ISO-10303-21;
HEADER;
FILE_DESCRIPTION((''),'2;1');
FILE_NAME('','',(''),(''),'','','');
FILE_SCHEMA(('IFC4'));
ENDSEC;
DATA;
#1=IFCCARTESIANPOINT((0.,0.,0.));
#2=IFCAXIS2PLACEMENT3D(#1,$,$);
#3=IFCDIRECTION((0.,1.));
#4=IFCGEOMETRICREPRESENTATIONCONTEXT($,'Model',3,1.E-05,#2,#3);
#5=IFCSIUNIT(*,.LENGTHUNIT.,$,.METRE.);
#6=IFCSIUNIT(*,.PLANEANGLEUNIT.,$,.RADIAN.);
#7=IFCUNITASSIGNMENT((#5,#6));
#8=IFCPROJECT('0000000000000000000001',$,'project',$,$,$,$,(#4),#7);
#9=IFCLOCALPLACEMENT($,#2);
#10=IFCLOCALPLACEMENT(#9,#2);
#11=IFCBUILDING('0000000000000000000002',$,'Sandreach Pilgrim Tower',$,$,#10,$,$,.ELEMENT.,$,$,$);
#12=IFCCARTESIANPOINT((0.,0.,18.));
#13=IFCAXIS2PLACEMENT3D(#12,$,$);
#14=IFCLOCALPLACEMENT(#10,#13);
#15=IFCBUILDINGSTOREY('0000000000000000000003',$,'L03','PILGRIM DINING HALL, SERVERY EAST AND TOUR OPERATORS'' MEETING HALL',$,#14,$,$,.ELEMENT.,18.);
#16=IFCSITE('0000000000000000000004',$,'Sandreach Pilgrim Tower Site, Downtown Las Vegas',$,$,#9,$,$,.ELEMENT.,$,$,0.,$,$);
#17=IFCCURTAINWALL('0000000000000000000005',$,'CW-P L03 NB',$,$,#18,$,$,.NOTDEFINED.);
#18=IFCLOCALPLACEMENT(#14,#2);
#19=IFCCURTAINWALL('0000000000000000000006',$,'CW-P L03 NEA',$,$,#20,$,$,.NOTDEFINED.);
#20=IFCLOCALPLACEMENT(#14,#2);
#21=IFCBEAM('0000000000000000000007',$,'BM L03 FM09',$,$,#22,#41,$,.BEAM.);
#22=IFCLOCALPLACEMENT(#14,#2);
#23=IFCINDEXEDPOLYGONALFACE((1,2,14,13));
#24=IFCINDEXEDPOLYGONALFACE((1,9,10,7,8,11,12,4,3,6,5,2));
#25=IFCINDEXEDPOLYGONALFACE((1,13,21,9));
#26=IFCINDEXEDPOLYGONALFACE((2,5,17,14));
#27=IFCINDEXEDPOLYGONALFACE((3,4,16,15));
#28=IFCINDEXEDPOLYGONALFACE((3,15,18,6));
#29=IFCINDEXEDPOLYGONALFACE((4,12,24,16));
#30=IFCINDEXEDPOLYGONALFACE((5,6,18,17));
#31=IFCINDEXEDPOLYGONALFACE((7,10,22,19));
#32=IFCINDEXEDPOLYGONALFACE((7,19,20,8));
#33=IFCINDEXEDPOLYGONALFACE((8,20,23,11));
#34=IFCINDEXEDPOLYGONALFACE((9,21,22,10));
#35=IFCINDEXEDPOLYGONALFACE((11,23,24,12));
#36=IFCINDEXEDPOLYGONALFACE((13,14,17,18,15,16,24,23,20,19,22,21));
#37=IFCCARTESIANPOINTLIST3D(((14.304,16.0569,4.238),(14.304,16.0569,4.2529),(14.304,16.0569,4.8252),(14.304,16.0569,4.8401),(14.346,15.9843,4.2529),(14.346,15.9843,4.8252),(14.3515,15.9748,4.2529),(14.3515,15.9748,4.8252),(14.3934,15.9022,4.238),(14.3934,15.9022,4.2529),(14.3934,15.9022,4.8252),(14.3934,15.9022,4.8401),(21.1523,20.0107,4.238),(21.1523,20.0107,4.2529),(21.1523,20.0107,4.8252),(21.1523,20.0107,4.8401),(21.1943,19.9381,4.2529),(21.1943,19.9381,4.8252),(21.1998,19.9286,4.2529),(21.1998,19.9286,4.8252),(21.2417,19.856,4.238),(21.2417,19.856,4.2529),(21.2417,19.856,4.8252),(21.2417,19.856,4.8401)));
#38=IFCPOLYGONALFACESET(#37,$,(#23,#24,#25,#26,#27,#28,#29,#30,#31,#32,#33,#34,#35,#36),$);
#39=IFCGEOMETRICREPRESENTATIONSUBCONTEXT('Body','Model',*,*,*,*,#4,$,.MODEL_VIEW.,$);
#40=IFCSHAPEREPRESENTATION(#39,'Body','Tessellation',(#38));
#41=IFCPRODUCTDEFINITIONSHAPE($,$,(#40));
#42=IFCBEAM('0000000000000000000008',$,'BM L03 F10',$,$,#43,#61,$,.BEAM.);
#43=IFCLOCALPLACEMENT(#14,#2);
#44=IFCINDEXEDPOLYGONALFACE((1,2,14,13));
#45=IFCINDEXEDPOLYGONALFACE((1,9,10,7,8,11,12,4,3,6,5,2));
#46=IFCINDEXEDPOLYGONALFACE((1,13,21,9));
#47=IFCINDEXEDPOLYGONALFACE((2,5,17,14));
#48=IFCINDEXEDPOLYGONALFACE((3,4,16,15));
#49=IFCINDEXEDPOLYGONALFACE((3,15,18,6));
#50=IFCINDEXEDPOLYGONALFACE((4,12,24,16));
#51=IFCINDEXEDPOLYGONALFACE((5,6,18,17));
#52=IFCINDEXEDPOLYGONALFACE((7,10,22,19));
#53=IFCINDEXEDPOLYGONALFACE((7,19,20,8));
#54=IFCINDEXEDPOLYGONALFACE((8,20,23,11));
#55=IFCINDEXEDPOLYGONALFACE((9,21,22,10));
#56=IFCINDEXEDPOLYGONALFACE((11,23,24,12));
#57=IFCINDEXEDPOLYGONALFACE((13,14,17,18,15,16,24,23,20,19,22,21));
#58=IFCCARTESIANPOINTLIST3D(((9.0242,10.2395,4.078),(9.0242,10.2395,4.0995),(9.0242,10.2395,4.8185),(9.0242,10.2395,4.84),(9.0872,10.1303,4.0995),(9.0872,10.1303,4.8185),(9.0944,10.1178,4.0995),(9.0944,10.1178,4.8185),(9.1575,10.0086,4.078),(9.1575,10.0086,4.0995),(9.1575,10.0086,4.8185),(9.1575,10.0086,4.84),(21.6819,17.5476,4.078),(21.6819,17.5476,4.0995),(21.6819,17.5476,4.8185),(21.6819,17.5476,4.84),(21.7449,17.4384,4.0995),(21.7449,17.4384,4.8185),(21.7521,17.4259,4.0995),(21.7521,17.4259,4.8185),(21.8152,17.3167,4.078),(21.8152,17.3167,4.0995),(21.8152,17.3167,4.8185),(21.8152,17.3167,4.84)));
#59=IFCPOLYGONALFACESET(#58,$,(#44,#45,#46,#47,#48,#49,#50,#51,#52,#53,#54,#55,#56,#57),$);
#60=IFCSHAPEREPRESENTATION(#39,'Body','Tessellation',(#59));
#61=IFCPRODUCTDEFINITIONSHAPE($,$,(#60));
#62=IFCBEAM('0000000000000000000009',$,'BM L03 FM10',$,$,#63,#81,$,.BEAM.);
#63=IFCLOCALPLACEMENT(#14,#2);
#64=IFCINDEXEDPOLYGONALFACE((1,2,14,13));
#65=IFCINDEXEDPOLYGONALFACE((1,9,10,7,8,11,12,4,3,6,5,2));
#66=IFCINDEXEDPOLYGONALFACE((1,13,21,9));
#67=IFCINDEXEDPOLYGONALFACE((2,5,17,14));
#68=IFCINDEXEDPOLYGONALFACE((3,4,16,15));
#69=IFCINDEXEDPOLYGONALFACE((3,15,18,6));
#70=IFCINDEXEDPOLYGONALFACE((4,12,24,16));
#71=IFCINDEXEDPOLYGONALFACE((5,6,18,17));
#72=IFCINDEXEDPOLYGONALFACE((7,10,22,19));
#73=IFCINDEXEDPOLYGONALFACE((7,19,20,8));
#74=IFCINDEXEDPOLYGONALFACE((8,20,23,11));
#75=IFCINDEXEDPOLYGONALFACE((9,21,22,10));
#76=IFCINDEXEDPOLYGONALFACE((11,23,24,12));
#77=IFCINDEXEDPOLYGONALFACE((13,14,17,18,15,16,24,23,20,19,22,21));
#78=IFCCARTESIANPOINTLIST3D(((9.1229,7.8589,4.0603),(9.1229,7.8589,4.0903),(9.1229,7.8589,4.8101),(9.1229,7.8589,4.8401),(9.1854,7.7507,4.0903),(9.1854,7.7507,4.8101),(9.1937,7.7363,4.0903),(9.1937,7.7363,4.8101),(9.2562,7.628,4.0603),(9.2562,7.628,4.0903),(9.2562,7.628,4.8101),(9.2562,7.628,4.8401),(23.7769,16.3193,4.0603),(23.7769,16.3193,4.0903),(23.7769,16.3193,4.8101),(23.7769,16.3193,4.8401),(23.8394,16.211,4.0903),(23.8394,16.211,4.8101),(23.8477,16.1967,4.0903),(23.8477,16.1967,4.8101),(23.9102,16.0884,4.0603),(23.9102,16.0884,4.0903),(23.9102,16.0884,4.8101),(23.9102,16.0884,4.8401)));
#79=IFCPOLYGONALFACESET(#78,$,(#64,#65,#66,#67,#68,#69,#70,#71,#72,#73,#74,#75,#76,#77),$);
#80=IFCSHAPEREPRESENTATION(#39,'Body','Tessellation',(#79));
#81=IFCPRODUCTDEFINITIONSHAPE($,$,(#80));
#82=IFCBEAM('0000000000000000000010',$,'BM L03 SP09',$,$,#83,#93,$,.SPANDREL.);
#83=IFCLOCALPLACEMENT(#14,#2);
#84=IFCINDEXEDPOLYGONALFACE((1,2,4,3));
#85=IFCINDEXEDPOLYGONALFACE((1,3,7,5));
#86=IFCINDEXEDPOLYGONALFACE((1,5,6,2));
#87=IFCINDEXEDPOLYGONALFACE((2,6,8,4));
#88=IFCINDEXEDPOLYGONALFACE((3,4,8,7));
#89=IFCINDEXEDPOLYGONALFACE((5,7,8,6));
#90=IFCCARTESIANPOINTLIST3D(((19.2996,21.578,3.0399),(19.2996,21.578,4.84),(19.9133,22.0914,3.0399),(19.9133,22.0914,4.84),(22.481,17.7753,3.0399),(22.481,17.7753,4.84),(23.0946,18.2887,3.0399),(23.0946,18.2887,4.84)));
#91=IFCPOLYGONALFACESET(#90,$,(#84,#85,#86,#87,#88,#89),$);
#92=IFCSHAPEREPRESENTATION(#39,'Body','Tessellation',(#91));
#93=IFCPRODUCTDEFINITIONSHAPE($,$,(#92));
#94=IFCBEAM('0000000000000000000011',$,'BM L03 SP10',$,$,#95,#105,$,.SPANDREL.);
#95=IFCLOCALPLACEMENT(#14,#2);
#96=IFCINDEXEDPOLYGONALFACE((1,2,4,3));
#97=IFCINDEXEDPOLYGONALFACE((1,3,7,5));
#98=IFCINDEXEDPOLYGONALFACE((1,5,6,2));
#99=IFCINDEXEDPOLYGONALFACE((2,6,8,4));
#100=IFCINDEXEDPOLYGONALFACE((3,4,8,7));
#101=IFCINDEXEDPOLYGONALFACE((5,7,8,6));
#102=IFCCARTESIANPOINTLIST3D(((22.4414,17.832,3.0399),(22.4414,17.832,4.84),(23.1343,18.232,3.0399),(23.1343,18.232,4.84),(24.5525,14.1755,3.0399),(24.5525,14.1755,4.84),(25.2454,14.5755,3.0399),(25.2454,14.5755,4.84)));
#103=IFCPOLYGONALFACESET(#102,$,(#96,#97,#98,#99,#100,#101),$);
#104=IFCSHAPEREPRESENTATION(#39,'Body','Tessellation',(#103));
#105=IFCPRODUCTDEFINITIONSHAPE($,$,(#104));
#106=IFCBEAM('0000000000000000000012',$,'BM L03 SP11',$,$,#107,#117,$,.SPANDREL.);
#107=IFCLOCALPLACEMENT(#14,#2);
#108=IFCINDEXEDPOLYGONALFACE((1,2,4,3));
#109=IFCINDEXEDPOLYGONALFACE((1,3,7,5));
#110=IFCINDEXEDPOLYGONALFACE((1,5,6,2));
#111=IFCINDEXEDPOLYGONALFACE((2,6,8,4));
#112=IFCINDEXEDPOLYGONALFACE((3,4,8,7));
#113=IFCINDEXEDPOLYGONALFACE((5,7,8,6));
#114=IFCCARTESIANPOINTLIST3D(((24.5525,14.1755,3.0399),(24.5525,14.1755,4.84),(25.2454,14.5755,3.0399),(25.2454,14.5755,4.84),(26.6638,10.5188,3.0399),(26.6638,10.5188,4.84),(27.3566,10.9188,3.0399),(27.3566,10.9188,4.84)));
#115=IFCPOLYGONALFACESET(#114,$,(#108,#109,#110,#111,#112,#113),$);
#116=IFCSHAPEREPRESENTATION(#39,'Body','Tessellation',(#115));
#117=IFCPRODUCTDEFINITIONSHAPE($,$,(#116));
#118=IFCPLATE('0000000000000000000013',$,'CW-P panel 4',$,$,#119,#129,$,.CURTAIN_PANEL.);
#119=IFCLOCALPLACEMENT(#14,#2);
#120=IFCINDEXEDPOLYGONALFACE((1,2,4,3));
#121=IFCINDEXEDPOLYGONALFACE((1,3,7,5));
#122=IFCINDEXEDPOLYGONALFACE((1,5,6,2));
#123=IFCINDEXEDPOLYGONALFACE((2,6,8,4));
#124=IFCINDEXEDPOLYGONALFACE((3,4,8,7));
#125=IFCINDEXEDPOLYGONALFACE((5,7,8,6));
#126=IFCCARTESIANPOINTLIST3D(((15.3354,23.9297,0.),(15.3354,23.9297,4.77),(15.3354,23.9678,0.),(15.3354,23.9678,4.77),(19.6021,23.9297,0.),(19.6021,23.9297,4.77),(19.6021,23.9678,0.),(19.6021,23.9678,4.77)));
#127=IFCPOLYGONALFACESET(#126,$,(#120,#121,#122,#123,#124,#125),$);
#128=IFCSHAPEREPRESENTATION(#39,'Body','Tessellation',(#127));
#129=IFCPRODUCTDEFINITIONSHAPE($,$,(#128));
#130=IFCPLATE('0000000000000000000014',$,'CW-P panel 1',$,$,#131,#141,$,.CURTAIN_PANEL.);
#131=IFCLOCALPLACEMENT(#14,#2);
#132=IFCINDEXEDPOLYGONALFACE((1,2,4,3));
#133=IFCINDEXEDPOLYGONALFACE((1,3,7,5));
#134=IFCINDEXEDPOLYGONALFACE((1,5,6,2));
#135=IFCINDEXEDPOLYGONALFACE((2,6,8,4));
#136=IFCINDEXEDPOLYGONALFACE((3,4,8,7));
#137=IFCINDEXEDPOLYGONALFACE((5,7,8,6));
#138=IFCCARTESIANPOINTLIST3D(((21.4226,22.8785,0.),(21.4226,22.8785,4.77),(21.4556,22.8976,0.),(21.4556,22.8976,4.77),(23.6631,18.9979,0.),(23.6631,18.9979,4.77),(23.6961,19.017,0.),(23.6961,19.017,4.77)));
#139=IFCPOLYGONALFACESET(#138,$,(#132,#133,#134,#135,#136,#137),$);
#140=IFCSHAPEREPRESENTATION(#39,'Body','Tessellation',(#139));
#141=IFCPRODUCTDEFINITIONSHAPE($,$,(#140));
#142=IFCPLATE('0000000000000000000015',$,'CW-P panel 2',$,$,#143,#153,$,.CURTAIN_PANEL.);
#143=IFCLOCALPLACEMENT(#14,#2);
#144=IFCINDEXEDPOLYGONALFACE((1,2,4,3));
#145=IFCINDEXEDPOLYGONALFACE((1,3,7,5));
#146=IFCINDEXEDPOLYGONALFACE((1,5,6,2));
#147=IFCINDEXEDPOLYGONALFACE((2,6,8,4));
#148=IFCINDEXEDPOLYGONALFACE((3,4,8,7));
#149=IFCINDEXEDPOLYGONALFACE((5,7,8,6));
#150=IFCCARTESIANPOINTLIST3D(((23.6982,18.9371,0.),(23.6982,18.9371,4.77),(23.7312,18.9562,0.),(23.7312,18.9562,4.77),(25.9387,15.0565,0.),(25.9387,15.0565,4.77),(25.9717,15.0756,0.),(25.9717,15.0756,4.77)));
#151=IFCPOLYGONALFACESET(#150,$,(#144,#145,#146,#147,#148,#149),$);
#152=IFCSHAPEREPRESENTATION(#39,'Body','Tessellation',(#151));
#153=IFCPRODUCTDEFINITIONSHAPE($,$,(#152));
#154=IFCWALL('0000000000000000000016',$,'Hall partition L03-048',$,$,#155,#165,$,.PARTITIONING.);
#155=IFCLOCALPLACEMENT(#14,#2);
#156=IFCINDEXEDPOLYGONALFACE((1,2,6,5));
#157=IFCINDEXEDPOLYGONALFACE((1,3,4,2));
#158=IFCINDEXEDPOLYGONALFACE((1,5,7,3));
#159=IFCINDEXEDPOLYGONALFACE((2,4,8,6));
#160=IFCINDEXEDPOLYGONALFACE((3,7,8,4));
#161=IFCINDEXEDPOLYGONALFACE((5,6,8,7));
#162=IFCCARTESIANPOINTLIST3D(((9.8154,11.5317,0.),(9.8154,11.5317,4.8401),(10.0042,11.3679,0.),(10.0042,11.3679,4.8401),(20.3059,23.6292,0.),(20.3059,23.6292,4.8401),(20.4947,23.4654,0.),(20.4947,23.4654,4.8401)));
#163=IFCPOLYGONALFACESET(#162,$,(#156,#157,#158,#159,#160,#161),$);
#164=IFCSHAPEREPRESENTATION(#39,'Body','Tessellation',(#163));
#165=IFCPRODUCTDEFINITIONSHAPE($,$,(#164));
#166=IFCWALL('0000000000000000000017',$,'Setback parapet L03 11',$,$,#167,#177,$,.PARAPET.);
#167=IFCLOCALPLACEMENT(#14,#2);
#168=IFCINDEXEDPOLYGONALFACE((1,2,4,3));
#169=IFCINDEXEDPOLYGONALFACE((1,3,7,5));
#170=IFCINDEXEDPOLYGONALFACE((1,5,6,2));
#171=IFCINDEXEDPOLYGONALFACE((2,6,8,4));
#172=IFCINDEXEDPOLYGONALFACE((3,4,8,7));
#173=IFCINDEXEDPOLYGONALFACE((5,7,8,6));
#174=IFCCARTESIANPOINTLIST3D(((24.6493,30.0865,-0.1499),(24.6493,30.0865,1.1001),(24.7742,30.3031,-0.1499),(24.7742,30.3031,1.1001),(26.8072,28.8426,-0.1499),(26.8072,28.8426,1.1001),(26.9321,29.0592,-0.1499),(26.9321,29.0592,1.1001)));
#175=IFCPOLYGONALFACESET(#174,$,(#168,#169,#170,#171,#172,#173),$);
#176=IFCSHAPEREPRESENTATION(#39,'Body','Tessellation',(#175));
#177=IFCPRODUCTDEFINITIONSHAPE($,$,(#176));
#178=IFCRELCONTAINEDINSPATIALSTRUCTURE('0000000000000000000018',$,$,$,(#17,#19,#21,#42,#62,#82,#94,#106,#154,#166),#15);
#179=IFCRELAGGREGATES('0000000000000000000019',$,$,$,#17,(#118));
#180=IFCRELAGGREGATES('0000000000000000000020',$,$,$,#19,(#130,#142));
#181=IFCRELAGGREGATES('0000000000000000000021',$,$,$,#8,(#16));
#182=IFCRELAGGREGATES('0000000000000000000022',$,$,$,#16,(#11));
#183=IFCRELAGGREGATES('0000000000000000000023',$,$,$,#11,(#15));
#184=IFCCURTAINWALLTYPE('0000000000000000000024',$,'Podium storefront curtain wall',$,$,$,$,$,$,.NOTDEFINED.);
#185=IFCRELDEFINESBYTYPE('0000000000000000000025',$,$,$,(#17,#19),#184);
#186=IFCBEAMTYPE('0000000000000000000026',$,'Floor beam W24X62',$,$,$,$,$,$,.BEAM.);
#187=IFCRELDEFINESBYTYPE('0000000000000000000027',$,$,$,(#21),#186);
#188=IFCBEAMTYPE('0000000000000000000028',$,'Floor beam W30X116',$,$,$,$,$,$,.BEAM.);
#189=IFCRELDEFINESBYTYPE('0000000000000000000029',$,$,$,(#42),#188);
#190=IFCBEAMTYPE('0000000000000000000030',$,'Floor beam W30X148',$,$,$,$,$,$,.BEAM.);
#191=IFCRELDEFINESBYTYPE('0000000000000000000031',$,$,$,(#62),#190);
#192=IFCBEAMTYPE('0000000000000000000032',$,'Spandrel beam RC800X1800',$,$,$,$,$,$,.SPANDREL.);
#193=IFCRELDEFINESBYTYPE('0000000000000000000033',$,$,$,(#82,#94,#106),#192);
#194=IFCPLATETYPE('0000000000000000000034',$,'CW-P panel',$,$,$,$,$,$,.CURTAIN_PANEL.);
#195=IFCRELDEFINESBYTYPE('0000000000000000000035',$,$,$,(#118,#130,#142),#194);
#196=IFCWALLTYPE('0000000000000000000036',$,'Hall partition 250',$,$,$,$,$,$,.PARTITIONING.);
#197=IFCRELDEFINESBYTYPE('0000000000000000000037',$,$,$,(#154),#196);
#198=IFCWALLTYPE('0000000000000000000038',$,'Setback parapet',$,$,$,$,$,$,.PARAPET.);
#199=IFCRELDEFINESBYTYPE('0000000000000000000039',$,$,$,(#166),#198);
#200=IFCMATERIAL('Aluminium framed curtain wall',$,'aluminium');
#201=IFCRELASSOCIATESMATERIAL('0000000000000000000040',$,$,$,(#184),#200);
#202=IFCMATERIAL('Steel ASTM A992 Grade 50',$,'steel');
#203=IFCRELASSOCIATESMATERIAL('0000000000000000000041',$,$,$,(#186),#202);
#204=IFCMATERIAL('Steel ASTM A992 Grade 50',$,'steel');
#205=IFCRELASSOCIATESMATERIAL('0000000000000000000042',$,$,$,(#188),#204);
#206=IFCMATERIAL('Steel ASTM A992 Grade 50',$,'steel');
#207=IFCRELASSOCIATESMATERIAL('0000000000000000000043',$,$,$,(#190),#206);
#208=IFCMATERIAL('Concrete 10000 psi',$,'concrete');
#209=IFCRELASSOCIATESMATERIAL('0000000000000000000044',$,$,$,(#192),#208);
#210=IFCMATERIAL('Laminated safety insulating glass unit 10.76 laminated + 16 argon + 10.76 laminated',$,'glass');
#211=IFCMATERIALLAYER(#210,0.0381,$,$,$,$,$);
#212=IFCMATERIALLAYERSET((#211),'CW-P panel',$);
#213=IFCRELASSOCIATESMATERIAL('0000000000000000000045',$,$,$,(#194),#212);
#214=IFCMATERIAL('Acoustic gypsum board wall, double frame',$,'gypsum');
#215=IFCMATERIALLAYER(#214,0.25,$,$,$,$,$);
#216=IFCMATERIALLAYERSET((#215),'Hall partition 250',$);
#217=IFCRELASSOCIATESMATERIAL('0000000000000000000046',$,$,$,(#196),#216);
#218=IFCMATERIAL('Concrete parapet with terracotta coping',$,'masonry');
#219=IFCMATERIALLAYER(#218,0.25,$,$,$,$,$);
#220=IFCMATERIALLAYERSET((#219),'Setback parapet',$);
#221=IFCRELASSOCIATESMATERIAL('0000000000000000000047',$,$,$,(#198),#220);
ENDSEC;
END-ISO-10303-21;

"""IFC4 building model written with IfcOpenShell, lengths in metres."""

from ifc_helpers import new_model, si_unit, direction, frame, frame_2d, origin, origin_2d, place, context, subcontext, project, spatial, rectangle, i_section, extrude, material, layer, layer_set, material_profile, profile_set, type_object, element, aggregate, save


model = new_model("IFC4")

# Units and contexts
model_context = context("Model", 3, precision=1e-05, world=origin(), true_north=direction((0.0, 1.0)))
body_context = subcontext(model_context, "Body", "Model", "MODEL_VIEW")
ifc_project = project(units=[si_unit("LENGTHUNIT", "METRE"), si_unit("PLANEANGLEUNIT", "RADIAN")], contexts=[model_context])

# Site, building, storey
site_placement = place(None, origin())
site = spatial("IfcSite", under=ifc_project, at=site_placement, Name="Sandreach Pilgrim Tower Site, Downtown Las Vegas", CompositionType="ELEMENT", RefElevation=0.0)
building_placement = place(site_placement, origin())
building = spatial("IfcBuilding", under=site, at=building_placement, Name="Sandreach Pilgrim Tower", CompositionType="ELEMENT")
storey_placement = place(building_placement, frame((0.0, 0.0, 18.0)))
storey = spatial("IfcBuildingStorey", under=building, at=storey_placement, Name="L03", Description="PILGRIM DINING HALL, SERVERY EAST AND TOUR OPERATORS' MEETING HALL", CompositionType="ELEMENT", Elevation=18.0)

# Curtain wall
ifc_material_1 = material(Name="Aluminium framed curtain wall", Category="aluminium")
curtain_wall_type = type_object("IfcCurtainWallType", Name="Podium storefront curtain wall", PredefinedType="NOTDEFINED", material=ifc_material_1)
curtain_wall_1_placement = place(storey_placement, origin())
curtain_wall_1 = element("IfcCurtainWall", 1, at=curtain_wall_1_placement, inside=storey, type_object=curtain_wall_type, Name="CW-P L03 NB", PredefinedType="NOTDEFINED")

# Curtain wall
curtain_wall_2_placement = place(storey_placement, origin())
curtain_wall_2 = element("IfcCurtainWall", 2, at=curtain_wall_2_placement, inside=storey, type_object=curtain_wall_type, Name="CW-P L03 NEA", PredefinedType="NOTDEFINED")

# Beams
ifc_material_2 = material(Name="Steel ASTM A992 Grade 50", Category="steel")
ifc_material_profile_1 = material_profile(ifc_material_2, i_section(OverallWidth=0.1787, OverallDepth=0.6021, WebThickness=0.011, FlangeThickness=0.0149, at=origin_2d()), Name="W24X62")
ifc_profile_set_1 = profile_set([ifc_material_profile_1], Name="Steel ASTM A992 Grade 50")
beam_type_1 = type_object("IfcBeamType", Name="Floor beam W24X62", PredefinedType="BEAM", material=ifc_profile_set_1)
beam_1_placement = place(storey_placement, frame((21.197, 19.9333, 4.5391), z_axis=(-0.866029, -0.499994, 0.0), x_axis=(0.499994, -0.866029, 0.0)))
element("IfcBeam", 3, at=beam_1_placement, inside=storey, type_object=beam_type_1, Name="BM L03 FM09", PredefinedType="BEAM", context=body_context, shape_type="SweptSolid", body=[
    extrude(i_section(OverallWidth=0.1787, OverallDepth=0.6021, WebThickness=0.011, FlangeThickness=0.0149, at=origin_2d()), origin(), (0.0, 0.0, 1.0), 7.9077),
])
ifc_material_3 = material(Name="Steel ASTM A992 Grade 50", Category="steel")
ifc_material_profile_2 = material_profile(ifc_material_3, i_section(OverallWidth=0.2666, OverallDepth=0.762, WebThickness=0.0144, FlangeThickness=0.0215, at=origin_2d()), Name="W30X116")
ifc_profile_set_2 = profile_set([ifc_material_profile_2], Name="Steel ASTM A992 Grade 50")
beam_type_2 = type_object("IfcBeamType", Name="Floor beam W30X116", PredefinedType="BEAM", material=ifc_profile_set_2)
beam_2_placement = place(storey_placement, frame((21.7485, 17.4321, 4.459), z_axis=(-0.86602, -0.500009, 0.0), x_axis=(0.500009, -0.86602, 0.0)))
element("IfcBeam", 4, at=beam_2_placement, inside=storey, type_object=beam_type_2, Name="BM L03 F10", PredefinedType="BEAM", context=body_context, shape_type="SweptSolid", body=[
    extrude(i_section(OverallWidth=0.2666, OverallDepth=0.762, WebThickness=0.0144, FlangeThickness=0.0215, at=origin_2d()), origin(), (0.0, 0.0, 1.0), 14.616),
])
ifc_material_4 = material(Name="Steel ASTM A992 Grade 50", Category="steel")
ifc_material_profile_3 = material_profile(ifc_material_4, i_section(OverallWidth=0.2666, OverallDepth=0.7798, WebThickness=0.0166, FlangeThickness=0.03, at=origin_2d()), Name="W30X148")
ifc_profile_set_3 = profile_set([ifc_material_profile_3], Name="Steel ASTM A992 Grade 50")
beam_type_3 = type_object("IfcBeamType", Name="Floor beam W30X148", PredefinedType="BEAM", material=ifc_profile_set_3)
beam_3_placement = place(storey_placement, frame((23.8435, 16.2039, 4.4502), z_axis=(-0.866027, -0.499997, 0.0), x_axis=(0.499997, -0.866027, 0.0)))
element("IfcBeam", 5, at=beam_3_placement, inside=storey, type_object=beam_type_3, Name="BM L03 FM10", PredefinedType="BEAM", context=body_context, shape_type="SweptSolid", body=[
    extrude(i_section(OverallWidth=0.2666, OverallDepth=0.7798, WebThickness=0.0166, FlangeThickness=0.03, at=origin_2d()), origin(), (0.0, 0.0, 1.0), 16.9209),
])
ifc_material_5 = material(Name="Concrete 10000 psi", Category="concrete")
ifc_material_profile_4 = material_profile(ifc_material_5, rectangle(XDim=0.8, YDim=1.8, at=origin_2d()), Name="RC800X1800")
ifc_profile_set_4 = profile_set([ifc_material_profile_4], Name="Concrete 10000 psi")
beam_type_4 = type_object("IfcBeamType", Name="Spandrel beam RC800X1800", PredefinedType="SPANDREL", material=ifc_profile_set_4)
beam_4_placement = place(storey_placement, frame((19.6064, 21.8347, 3.9399), z_axis=(0.641665, -0.766985, 0.0), x_axis=(0.766985, 0.641665, 0.0)))
element("IfcBeam", 6, at=beam_4_placement, inside=storey, type_object=beam_type_4, Name="BM L03 SP09", PredefinedType="SPANDREL", context=body_context, shape_type="SweptSolid", body=[
    extrude(rectangle(XDim=0.8, YDim=1.8, at=origin_2d()), origin(), (0.0, 0.0, 1.0), 4.958),
])
beam_5_placement = place(storey_placement, frame((22.7878, 18.032, 3.9399), z_axis=(0.500001, -0.866025, 0.0), x_axis=(0.866025, 0.500001, 0.0)))
element("IfcBeam", 7, at=beam_5_placement, inside=storey, type_object=beam_type_4, Name="BM L03 SP10", PredefinedType="SPANDREL", context=body_context, shape_type="SweptSolid", body=[
    extrude(rectangle(XDim=0.8, YDim=1.8, at=origin_2d()), origin(), (0.0, 0.0, 1.0), 4.2222),
])
beam_6_placement = place(storey_placement, frame((24.8989, 14.3755, 3.9399), z_axis=(0.500019, -0.866014, 0.0), x_axis=(0.866014, 0.500019, 0.0)))
element("IfcBeam", 8, at=beam_6_placement, inside=storey, type_object=beam_type_4, Name="BM L03 SP11", PredefinedType="SPANDREL", context=body_context, shape_type="SweptSolid", body=[
    extrude(rectangle(XDim=0.8, YDim=1.8, at=origin_2d()), origin(), (0.0, 0.0, 1.0), 4.2224),
])

# Plates
ifc_material_6 = material(Name="Laminated safety insulating glass unit 10.76 laminated + 16 argon + 10.76 laminated", Category="glass")
ifc_layer_1 = layer(ifc_material_6, 0.0381)
ifc_layer_set_1 = layer_set([ifc_layer_1], Name="CW-P panel")
plate_type = type_object("IfcPlateType", Name="CW-P panel", PredefinedType="CURTAIN_PANEL", material=ifc_layer_set_1)
plate_1_placement = place(storey_placement, frame((17.4688, 23.9487, 0.0), z_axis=(0.0, 0.0, 1.0), x_axis=(1.0, 0.0, 0.0)))
plate_1 = element("IfcPlate", 9, at=plate_1_placement, type_object=plate_type, Name="CW-P panel 4", PredefinedType="CURTAIN_PANEL", context=body_context, shape_type="SweptSolid", body=[
    extrude(rectangle(XDim=4.2666, YDim=0.0381, at=origin_2d()), origin(), (0.0, 0.0, 1.0), 4.77),
])
aggregate(curtain_wall_1, [plate_1])
plate_2_placement = place(storey_placement, frame((22.5593, 20.9478, 0.0), z_axis=(0.0, 0.0, 1.0), x_axis=(0.5, -0.866025, 0.0)))
plate_2 = element("IfcPlate", 10, at=plate_2_placement, type_object=plate_type, Name="CW-P panel 1", PredefinedType="CURTAIN_PANEL", context=body_context, shape_type="SweptSolid", body=[
    extrude(rectangle(XDim=4.481, YDim=0.0381, at=origin_2d()), origin(), (0.0, 0.0, 1.0), 4.77),
])
plate_3_placement = place(storey_placement, frame((24.835, 17.0063, 0.0), z_axis=(0.0, 0.0, 1.0), x_axis=(0.5, -0.866025, 0.0)))
plate_3 = element("IfcPlate", 11, at=plate_3_placement, type_object=plate_type, Name="CW-P panel 2", PredefinedType="CURTAIN_PANEL", context=body_context, shape_type="SweptSolid", body=[
    extrude(rectangle(XDim=4.481, YDim=0.0381, at=origin_2d()), origin(), (0.0, 0.0, 1.0), 4.77),
])
aggregate(curtain_wall_2, [plate_2, plate_3])

# Walls
ifc_material_7 = material(Name="Acoustic gypsum board wall, double frame", Category="gypsum")
ifc_layer_2 = layer(ifc_material_7, 0.25)
ifc_layer_set_2 = layer_set([ifc_layer_2], Name="Hall partition 250")
wall_type_1 = type_object("IfcWallType", Name="Hall partition 250", PredefinedType="PARTITIONING", material=ifc_layer_set_2)
wall_1_placement = place(storey_placement, frame((20.4004, 23.5474, 0.0), z_axis=(0.0, 0.0, 1.0), x_axis=(-0.655146, -0.755502, 0.0)))
element("IfcWall", 12, at=wall_1_placement, inside=storey, type_object=wall_type_1, Name="Hall partition L03-048", PredefinedType="PARTITIONING", context=body_context, shape_type="SweptSolid", body=[
    extrude(rectangle(XDim=16.0125, YDim=0.25, at=frame_2d((8.0063, 0.0))), origin(), (0.0, 0.0, 1.0), 4.8401),
])
ifc_material_8 = material(Name="Concrete parapet with terracotta coping", Category="masonry")
ifc_layer_3 = layer(ifc_material_8, 0.25)
ifc_layer_set_3 = layer_set([ifc_layer_3], Name="Setback parapet")
wall_type_2 = type_object("IfcWallType", Name="Setback parapet", PredefinedType="PARAPET", material=ifc_layer_set_3)
wall_2_placement = place(storey_placement, frame((26.8696, 28.9509, -0.1499), z_axis=(0.0, 0.0, 1.0), x_axis=(-0.866373, 0.499397, 0.0)))
element("IfcWall", 13, at=wall_2_placement, inside=storey, type_object=wall_type_2, Name="Setback parapet L03 11", PredefinedType="PARAPET", context=body_context, shape_type="SweptSolid", body=[
    extrude(rectangle(XDim=2.4907, YDim=0.25, at=frame_2d((1.2454, 0.0))), origin(), (0.0, 0.0, 1.0), 1.25),
])

save(model, "model.ifc")
